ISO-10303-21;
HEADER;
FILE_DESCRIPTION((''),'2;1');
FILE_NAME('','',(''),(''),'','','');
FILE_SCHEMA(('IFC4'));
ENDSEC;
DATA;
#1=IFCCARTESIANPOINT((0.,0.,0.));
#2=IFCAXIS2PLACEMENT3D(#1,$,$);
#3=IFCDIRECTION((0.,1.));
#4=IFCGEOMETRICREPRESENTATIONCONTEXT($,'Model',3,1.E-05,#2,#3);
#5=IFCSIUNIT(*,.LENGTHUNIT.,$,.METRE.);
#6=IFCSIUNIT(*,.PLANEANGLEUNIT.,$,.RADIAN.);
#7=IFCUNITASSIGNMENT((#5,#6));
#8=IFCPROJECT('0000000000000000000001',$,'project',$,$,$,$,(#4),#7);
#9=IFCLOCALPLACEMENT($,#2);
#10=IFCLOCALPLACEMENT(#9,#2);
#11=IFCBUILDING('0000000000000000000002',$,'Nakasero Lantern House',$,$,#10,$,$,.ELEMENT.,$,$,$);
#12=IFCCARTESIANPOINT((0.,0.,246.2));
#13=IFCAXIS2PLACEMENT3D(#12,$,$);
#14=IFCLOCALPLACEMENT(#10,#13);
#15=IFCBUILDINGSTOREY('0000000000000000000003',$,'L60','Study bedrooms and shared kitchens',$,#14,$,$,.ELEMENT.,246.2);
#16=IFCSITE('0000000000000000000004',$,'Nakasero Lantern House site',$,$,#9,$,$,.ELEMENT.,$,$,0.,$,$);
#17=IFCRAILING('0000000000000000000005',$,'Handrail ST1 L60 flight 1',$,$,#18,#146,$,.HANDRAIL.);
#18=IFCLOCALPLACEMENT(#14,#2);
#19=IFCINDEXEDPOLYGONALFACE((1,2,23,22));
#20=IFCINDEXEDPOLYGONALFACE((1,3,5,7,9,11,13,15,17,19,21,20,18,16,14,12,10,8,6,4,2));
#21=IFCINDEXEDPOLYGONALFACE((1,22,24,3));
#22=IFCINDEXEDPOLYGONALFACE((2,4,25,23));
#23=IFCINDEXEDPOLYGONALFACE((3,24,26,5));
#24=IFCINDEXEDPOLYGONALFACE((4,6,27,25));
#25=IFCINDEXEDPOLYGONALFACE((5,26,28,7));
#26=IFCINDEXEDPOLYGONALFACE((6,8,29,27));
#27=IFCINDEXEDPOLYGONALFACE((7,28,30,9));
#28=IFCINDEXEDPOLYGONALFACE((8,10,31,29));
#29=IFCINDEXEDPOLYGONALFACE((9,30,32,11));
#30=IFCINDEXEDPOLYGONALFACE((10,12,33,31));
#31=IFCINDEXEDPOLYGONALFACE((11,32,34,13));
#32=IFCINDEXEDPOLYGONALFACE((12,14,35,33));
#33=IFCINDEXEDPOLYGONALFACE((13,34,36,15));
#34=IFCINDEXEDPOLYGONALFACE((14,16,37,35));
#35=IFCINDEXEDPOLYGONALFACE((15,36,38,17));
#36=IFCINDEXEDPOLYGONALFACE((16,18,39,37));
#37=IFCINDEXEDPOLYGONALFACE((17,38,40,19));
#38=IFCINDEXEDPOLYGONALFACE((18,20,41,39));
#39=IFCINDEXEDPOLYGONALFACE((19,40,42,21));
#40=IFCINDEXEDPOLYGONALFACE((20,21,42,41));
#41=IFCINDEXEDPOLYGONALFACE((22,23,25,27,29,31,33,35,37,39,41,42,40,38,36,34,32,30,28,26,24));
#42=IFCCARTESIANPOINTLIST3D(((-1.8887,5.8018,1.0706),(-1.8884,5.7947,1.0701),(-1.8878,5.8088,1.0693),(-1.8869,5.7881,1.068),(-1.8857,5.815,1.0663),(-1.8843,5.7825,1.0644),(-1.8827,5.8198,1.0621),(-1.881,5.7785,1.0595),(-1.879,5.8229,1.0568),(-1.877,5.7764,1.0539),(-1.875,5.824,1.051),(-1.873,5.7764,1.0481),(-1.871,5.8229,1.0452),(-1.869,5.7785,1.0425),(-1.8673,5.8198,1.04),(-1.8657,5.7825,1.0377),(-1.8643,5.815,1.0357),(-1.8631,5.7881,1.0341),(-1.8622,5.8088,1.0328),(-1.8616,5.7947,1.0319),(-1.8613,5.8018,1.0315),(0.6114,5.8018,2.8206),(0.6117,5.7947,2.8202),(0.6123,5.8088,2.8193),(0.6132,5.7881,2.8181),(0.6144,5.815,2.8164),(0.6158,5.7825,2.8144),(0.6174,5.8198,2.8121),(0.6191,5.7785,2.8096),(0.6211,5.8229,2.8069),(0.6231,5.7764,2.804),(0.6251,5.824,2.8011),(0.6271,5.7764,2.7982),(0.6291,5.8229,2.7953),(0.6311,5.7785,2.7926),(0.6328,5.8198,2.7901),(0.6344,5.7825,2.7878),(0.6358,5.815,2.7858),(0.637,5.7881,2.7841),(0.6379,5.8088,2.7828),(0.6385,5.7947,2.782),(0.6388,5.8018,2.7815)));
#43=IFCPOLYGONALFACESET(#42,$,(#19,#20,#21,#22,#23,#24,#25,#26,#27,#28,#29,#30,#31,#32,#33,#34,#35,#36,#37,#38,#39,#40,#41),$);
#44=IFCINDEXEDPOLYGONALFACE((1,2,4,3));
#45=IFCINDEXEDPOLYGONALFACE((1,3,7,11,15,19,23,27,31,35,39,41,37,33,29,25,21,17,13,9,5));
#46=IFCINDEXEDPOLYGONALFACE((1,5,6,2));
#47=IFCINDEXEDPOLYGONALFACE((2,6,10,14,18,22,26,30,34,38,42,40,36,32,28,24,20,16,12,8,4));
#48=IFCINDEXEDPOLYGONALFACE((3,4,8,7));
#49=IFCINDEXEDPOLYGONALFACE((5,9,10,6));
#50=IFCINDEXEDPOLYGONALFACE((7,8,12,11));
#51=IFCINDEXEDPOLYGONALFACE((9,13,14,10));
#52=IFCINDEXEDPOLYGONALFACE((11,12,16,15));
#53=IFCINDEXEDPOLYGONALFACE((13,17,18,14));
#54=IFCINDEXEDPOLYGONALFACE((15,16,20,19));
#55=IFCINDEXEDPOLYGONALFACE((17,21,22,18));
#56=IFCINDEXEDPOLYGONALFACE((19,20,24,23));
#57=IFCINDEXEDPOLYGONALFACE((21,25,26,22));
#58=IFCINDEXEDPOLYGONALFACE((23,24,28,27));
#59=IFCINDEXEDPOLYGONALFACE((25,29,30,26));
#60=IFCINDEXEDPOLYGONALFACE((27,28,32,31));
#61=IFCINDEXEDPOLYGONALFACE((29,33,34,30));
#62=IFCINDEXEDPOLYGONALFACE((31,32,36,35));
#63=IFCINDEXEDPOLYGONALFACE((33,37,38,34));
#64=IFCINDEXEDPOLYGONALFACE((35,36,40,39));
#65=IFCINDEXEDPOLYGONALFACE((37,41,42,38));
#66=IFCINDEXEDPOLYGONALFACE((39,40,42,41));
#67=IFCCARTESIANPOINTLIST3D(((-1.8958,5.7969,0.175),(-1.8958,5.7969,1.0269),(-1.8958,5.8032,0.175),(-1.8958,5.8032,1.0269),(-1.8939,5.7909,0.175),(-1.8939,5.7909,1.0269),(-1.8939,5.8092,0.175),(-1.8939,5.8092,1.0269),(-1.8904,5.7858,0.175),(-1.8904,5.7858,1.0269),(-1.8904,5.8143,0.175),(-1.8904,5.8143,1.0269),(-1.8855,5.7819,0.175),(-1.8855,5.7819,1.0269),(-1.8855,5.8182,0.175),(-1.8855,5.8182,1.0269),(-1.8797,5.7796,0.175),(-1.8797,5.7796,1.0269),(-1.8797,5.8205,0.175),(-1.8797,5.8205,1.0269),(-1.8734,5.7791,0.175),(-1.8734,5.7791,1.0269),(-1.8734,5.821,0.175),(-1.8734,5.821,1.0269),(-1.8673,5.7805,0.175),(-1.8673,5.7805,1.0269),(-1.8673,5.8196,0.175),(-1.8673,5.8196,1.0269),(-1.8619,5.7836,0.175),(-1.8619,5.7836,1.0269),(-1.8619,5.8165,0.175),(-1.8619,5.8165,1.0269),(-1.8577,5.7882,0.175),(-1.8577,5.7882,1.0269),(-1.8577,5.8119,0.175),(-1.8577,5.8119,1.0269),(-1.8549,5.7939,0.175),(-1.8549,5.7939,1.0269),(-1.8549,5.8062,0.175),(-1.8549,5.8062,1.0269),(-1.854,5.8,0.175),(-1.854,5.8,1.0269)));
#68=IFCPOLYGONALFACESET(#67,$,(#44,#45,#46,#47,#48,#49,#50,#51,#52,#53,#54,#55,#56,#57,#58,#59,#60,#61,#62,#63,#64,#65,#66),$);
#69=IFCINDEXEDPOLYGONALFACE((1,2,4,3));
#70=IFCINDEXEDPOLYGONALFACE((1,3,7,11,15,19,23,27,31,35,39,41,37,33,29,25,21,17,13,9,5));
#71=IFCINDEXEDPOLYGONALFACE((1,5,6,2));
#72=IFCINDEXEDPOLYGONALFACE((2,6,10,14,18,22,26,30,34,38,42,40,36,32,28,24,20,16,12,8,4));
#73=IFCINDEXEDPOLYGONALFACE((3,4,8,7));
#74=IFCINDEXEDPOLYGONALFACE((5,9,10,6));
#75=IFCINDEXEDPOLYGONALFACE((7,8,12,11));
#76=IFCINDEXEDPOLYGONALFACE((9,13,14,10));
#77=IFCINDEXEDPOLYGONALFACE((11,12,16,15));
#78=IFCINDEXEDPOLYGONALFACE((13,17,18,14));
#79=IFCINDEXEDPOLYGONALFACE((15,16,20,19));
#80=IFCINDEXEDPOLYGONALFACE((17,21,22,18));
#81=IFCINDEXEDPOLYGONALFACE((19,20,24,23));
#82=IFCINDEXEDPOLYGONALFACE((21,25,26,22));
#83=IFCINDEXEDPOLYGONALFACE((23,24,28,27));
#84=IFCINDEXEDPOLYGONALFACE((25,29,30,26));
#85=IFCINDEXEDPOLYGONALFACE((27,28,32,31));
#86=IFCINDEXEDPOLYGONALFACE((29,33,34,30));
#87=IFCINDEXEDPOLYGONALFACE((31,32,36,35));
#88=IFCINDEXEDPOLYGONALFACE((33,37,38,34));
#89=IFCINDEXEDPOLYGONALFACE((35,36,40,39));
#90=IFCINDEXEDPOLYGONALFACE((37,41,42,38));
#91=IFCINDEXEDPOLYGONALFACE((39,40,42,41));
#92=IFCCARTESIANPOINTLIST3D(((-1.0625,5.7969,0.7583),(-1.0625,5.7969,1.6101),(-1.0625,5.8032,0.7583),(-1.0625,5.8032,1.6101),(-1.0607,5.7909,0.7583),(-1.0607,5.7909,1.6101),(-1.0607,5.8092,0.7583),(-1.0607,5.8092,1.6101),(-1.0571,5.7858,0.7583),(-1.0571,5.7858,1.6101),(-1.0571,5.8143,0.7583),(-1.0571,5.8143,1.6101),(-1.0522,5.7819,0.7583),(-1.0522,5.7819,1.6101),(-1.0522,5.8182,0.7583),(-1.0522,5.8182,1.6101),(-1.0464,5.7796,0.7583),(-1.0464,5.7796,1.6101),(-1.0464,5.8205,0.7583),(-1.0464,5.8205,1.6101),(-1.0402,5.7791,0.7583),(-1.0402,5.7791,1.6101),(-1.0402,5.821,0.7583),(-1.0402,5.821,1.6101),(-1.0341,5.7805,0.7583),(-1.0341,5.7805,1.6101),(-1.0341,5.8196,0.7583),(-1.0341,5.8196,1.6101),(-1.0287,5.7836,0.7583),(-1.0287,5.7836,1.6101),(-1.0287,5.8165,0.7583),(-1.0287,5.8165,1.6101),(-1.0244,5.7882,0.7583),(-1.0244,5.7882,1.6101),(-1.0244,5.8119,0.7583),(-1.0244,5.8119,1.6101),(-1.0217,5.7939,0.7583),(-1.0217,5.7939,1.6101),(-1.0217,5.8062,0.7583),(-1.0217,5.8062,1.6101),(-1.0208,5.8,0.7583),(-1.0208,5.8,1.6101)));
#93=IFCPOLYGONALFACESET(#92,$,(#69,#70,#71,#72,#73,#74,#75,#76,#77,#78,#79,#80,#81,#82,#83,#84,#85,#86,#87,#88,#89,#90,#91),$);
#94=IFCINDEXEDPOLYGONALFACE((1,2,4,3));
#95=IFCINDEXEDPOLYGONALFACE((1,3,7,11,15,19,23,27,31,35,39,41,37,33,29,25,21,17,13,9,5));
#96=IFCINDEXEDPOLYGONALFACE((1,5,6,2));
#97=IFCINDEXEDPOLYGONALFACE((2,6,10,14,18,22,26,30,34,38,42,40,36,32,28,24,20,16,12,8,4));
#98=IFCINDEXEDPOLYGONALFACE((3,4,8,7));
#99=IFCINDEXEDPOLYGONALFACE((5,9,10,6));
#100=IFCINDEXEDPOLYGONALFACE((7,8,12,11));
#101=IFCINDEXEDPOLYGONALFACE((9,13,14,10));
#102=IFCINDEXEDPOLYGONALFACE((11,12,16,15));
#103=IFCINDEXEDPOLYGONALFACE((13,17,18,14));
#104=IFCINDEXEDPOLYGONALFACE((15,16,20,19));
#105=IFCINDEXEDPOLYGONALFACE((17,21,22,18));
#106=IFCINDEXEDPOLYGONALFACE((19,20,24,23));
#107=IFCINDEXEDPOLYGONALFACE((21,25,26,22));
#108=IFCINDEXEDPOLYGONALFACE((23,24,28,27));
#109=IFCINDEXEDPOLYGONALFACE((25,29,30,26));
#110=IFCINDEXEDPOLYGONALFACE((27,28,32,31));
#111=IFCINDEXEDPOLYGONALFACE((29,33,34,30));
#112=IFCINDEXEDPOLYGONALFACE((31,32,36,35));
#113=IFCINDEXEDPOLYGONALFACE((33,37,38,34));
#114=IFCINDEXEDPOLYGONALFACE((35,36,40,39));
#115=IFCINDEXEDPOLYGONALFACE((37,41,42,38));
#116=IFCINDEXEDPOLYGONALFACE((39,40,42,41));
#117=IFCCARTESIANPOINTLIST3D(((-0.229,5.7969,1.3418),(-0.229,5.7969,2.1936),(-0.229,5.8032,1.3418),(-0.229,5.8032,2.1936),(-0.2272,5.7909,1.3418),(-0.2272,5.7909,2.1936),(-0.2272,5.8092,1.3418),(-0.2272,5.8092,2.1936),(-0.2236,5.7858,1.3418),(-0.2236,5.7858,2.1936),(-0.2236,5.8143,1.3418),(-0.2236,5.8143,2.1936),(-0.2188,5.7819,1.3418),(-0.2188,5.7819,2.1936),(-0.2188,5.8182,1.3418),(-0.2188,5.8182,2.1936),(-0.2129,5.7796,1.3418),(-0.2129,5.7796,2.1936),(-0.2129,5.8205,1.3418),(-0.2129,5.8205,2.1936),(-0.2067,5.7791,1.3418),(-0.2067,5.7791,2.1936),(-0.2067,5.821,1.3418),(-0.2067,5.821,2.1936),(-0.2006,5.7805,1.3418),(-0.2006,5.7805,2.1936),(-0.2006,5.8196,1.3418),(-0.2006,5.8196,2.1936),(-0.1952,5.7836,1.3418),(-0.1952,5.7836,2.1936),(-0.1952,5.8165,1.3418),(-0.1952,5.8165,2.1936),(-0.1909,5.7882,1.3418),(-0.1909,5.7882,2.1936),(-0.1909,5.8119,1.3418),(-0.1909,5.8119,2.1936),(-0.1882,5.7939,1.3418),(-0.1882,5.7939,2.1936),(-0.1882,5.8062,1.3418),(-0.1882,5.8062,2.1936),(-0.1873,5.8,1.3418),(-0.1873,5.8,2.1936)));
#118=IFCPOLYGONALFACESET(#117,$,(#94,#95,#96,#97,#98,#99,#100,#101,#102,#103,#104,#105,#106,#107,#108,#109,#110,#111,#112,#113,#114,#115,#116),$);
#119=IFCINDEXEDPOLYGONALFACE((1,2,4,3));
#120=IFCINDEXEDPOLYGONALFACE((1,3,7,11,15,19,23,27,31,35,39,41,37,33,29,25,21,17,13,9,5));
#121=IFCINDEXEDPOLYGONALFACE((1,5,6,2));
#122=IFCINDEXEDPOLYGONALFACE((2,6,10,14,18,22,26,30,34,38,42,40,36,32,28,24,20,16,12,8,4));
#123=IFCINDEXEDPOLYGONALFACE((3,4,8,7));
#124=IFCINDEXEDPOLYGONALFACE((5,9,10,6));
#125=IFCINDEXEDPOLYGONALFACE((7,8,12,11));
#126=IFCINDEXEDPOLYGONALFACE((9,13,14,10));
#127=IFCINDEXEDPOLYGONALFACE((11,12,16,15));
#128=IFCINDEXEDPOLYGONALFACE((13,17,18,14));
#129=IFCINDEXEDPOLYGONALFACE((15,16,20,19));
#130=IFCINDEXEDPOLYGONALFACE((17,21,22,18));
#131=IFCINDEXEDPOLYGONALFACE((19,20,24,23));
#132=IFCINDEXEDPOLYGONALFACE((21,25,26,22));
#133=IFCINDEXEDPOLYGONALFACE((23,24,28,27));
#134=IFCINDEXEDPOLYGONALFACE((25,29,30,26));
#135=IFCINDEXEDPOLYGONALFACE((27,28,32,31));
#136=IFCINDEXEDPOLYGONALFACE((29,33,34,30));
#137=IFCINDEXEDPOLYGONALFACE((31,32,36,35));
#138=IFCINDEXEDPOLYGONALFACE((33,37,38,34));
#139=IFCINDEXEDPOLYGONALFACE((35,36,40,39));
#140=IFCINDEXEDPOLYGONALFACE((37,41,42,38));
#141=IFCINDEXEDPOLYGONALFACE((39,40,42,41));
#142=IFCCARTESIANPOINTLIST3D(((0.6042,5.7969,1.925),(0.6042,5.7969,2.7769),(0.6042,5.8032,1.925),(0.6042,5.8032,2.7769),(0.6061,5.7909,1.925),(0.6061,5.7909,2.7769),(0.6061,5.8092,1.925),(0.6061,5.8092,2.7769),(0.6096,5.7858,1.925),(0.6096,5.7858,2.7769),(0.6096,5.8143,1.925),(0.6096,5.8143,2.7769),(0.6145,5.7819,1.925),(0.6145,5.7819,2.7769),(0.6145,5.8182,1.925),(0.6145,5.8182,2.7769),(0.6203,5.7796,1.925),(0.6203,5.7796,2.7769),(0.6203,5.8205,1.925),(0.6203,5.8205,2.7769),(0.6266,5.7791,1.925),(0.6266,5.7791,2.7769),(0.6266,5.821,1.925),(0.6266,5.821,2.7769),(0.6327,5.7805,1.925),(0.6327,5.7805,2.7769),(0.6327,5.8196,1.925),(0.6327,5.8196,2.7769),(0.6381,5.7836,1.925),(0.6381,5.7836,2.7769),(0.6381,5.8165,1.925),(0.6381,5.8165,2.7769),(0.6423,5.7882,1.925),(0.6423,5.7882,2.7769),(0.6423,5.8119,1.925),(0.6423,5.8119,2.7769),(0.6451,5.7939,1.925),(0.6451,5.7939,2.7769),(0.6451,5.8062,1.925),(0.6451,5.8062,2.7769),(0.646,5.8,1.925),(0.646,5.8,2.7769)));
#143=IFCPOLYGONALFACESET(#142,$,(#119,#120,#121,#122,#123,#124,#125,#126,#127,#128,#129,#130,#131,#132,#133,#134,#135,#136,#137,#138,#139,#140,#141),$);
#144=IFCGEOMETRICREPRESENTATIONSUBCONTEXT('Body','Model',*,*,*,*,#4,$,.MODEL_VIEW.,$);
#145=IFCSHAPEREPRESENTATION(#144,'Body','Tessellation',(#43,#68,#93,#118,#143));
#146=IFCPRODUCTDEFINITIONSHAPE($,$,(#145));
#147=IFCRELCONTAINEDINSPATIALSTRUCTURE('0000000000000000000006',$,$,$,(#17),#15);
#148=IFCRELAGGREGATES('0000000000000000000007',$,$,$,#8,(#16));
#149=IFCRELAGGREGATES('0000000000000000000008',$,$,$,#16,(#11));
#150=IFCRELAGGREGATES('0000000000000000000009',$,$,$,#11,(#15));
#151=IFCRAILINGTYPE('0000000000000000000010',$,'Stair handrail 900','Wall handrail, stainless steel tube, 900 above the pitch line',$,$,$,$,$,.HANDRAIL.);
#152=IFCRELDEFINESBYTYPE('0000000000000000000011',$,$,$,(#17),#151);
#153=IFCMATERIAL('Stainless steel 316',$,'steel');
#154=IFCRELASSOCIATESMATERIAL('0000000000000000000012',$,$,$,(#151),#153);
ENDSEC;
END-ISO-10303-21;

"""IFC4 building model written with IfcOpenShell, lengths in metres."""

from ifc_helpers import new_model, si_unit, direction, frame, origin, origin_2d, place, context, subcontext, project, spatial, circle, extrude, material, type_object, element, save


model = new_model("IFC4")

# Units and contexts
model_context = context("Model", 3, precision=1e-05, world=origin(), true_north=direction((0.0, 1.0)))
body_context = subcontext(model_context, "Body", "Model", "MODEL_VIEW")
ifc_project = project(units=[si_unit("LENGTHUNIT", "METRE"), si_unit("PLANEANGLEUNIT", "RADIAN")], contexts=[model_context])

# Site, building, storey
site_placement = place(None, origin())
site = spatial("IfcSite", under=ifc_project, at=site_placement, Name="Nakasero Lantern House site", CompositionType="ELEMENT", RefElevation=0.0)
building_placement = place(site_placement, origin())
building = spatial("IfcBuilding", under=site, at=building_placement, Name="Nakasero Lantern House", CompositionType="ELEMENT")
storey_placement = place(building_placement, frame((0.0, 0.0, 246.2)))
storey = spatial("IfcBuildingStorey", under=building, at=storey_placement, Name="L60", Description="Study bedrooms and shared kitchens", CompositionType="ELEMENT", Elevation=246.2)

# Railing
ifc_material_1 = material(Name="Stainless steel 316", Category="steel")
railing_type = type_object("IfcRailingType", Name="Stair handrail 900", Description="Wall handrail, stainless steel tube, 900 above the pitch line", PredefinedType="HANDRAIL", material=ifc_material_1)
railing_placement = place(storey_placement, frame((-1.875, 5.8, 0.175)))
element("IfcRailing", 1, at=railing_placement, inside=storey, type_object=railing_type, Name="Handrail ST1 L60 flight 1", PredefinedType="HANDRAIL", context=body_context, shape_type="SweptSolid", body=[
    extrude(circle(Radius=0.0239, at=origin_2d()), frame((0.0, 0.0, 0.876), z_axis=(0.819232, 0.0, 0.573462), x_axis=(0.0, 1.0, 0.0)), (0.0, 0.0, 1.0), 3.0518),
    extrude(circle(Radius=0.021, at=origin_2d()), origin(), (0.0, 0.0, 1.0), 0.8518),
    extrude(circle(Radius=0.021, at=origin_2d()), frame((0.8333, 0.0, 0.5833)), (0.0, 0.0, 1.0), 0.8518),
    extrude(circle(Radius=0.021, at=origin_2d()), frame((1.6667, 0.0, 1.1667)), (0.0, 0.0, 1.0), 0.8518),
    extrude(circle(Radius=0.021, at=origin_2d()), frame((2.5, 0.0, 1.75)), (0.0, 0.0, 1.0), 0.8518),
])

save(model, "model.ifc")
